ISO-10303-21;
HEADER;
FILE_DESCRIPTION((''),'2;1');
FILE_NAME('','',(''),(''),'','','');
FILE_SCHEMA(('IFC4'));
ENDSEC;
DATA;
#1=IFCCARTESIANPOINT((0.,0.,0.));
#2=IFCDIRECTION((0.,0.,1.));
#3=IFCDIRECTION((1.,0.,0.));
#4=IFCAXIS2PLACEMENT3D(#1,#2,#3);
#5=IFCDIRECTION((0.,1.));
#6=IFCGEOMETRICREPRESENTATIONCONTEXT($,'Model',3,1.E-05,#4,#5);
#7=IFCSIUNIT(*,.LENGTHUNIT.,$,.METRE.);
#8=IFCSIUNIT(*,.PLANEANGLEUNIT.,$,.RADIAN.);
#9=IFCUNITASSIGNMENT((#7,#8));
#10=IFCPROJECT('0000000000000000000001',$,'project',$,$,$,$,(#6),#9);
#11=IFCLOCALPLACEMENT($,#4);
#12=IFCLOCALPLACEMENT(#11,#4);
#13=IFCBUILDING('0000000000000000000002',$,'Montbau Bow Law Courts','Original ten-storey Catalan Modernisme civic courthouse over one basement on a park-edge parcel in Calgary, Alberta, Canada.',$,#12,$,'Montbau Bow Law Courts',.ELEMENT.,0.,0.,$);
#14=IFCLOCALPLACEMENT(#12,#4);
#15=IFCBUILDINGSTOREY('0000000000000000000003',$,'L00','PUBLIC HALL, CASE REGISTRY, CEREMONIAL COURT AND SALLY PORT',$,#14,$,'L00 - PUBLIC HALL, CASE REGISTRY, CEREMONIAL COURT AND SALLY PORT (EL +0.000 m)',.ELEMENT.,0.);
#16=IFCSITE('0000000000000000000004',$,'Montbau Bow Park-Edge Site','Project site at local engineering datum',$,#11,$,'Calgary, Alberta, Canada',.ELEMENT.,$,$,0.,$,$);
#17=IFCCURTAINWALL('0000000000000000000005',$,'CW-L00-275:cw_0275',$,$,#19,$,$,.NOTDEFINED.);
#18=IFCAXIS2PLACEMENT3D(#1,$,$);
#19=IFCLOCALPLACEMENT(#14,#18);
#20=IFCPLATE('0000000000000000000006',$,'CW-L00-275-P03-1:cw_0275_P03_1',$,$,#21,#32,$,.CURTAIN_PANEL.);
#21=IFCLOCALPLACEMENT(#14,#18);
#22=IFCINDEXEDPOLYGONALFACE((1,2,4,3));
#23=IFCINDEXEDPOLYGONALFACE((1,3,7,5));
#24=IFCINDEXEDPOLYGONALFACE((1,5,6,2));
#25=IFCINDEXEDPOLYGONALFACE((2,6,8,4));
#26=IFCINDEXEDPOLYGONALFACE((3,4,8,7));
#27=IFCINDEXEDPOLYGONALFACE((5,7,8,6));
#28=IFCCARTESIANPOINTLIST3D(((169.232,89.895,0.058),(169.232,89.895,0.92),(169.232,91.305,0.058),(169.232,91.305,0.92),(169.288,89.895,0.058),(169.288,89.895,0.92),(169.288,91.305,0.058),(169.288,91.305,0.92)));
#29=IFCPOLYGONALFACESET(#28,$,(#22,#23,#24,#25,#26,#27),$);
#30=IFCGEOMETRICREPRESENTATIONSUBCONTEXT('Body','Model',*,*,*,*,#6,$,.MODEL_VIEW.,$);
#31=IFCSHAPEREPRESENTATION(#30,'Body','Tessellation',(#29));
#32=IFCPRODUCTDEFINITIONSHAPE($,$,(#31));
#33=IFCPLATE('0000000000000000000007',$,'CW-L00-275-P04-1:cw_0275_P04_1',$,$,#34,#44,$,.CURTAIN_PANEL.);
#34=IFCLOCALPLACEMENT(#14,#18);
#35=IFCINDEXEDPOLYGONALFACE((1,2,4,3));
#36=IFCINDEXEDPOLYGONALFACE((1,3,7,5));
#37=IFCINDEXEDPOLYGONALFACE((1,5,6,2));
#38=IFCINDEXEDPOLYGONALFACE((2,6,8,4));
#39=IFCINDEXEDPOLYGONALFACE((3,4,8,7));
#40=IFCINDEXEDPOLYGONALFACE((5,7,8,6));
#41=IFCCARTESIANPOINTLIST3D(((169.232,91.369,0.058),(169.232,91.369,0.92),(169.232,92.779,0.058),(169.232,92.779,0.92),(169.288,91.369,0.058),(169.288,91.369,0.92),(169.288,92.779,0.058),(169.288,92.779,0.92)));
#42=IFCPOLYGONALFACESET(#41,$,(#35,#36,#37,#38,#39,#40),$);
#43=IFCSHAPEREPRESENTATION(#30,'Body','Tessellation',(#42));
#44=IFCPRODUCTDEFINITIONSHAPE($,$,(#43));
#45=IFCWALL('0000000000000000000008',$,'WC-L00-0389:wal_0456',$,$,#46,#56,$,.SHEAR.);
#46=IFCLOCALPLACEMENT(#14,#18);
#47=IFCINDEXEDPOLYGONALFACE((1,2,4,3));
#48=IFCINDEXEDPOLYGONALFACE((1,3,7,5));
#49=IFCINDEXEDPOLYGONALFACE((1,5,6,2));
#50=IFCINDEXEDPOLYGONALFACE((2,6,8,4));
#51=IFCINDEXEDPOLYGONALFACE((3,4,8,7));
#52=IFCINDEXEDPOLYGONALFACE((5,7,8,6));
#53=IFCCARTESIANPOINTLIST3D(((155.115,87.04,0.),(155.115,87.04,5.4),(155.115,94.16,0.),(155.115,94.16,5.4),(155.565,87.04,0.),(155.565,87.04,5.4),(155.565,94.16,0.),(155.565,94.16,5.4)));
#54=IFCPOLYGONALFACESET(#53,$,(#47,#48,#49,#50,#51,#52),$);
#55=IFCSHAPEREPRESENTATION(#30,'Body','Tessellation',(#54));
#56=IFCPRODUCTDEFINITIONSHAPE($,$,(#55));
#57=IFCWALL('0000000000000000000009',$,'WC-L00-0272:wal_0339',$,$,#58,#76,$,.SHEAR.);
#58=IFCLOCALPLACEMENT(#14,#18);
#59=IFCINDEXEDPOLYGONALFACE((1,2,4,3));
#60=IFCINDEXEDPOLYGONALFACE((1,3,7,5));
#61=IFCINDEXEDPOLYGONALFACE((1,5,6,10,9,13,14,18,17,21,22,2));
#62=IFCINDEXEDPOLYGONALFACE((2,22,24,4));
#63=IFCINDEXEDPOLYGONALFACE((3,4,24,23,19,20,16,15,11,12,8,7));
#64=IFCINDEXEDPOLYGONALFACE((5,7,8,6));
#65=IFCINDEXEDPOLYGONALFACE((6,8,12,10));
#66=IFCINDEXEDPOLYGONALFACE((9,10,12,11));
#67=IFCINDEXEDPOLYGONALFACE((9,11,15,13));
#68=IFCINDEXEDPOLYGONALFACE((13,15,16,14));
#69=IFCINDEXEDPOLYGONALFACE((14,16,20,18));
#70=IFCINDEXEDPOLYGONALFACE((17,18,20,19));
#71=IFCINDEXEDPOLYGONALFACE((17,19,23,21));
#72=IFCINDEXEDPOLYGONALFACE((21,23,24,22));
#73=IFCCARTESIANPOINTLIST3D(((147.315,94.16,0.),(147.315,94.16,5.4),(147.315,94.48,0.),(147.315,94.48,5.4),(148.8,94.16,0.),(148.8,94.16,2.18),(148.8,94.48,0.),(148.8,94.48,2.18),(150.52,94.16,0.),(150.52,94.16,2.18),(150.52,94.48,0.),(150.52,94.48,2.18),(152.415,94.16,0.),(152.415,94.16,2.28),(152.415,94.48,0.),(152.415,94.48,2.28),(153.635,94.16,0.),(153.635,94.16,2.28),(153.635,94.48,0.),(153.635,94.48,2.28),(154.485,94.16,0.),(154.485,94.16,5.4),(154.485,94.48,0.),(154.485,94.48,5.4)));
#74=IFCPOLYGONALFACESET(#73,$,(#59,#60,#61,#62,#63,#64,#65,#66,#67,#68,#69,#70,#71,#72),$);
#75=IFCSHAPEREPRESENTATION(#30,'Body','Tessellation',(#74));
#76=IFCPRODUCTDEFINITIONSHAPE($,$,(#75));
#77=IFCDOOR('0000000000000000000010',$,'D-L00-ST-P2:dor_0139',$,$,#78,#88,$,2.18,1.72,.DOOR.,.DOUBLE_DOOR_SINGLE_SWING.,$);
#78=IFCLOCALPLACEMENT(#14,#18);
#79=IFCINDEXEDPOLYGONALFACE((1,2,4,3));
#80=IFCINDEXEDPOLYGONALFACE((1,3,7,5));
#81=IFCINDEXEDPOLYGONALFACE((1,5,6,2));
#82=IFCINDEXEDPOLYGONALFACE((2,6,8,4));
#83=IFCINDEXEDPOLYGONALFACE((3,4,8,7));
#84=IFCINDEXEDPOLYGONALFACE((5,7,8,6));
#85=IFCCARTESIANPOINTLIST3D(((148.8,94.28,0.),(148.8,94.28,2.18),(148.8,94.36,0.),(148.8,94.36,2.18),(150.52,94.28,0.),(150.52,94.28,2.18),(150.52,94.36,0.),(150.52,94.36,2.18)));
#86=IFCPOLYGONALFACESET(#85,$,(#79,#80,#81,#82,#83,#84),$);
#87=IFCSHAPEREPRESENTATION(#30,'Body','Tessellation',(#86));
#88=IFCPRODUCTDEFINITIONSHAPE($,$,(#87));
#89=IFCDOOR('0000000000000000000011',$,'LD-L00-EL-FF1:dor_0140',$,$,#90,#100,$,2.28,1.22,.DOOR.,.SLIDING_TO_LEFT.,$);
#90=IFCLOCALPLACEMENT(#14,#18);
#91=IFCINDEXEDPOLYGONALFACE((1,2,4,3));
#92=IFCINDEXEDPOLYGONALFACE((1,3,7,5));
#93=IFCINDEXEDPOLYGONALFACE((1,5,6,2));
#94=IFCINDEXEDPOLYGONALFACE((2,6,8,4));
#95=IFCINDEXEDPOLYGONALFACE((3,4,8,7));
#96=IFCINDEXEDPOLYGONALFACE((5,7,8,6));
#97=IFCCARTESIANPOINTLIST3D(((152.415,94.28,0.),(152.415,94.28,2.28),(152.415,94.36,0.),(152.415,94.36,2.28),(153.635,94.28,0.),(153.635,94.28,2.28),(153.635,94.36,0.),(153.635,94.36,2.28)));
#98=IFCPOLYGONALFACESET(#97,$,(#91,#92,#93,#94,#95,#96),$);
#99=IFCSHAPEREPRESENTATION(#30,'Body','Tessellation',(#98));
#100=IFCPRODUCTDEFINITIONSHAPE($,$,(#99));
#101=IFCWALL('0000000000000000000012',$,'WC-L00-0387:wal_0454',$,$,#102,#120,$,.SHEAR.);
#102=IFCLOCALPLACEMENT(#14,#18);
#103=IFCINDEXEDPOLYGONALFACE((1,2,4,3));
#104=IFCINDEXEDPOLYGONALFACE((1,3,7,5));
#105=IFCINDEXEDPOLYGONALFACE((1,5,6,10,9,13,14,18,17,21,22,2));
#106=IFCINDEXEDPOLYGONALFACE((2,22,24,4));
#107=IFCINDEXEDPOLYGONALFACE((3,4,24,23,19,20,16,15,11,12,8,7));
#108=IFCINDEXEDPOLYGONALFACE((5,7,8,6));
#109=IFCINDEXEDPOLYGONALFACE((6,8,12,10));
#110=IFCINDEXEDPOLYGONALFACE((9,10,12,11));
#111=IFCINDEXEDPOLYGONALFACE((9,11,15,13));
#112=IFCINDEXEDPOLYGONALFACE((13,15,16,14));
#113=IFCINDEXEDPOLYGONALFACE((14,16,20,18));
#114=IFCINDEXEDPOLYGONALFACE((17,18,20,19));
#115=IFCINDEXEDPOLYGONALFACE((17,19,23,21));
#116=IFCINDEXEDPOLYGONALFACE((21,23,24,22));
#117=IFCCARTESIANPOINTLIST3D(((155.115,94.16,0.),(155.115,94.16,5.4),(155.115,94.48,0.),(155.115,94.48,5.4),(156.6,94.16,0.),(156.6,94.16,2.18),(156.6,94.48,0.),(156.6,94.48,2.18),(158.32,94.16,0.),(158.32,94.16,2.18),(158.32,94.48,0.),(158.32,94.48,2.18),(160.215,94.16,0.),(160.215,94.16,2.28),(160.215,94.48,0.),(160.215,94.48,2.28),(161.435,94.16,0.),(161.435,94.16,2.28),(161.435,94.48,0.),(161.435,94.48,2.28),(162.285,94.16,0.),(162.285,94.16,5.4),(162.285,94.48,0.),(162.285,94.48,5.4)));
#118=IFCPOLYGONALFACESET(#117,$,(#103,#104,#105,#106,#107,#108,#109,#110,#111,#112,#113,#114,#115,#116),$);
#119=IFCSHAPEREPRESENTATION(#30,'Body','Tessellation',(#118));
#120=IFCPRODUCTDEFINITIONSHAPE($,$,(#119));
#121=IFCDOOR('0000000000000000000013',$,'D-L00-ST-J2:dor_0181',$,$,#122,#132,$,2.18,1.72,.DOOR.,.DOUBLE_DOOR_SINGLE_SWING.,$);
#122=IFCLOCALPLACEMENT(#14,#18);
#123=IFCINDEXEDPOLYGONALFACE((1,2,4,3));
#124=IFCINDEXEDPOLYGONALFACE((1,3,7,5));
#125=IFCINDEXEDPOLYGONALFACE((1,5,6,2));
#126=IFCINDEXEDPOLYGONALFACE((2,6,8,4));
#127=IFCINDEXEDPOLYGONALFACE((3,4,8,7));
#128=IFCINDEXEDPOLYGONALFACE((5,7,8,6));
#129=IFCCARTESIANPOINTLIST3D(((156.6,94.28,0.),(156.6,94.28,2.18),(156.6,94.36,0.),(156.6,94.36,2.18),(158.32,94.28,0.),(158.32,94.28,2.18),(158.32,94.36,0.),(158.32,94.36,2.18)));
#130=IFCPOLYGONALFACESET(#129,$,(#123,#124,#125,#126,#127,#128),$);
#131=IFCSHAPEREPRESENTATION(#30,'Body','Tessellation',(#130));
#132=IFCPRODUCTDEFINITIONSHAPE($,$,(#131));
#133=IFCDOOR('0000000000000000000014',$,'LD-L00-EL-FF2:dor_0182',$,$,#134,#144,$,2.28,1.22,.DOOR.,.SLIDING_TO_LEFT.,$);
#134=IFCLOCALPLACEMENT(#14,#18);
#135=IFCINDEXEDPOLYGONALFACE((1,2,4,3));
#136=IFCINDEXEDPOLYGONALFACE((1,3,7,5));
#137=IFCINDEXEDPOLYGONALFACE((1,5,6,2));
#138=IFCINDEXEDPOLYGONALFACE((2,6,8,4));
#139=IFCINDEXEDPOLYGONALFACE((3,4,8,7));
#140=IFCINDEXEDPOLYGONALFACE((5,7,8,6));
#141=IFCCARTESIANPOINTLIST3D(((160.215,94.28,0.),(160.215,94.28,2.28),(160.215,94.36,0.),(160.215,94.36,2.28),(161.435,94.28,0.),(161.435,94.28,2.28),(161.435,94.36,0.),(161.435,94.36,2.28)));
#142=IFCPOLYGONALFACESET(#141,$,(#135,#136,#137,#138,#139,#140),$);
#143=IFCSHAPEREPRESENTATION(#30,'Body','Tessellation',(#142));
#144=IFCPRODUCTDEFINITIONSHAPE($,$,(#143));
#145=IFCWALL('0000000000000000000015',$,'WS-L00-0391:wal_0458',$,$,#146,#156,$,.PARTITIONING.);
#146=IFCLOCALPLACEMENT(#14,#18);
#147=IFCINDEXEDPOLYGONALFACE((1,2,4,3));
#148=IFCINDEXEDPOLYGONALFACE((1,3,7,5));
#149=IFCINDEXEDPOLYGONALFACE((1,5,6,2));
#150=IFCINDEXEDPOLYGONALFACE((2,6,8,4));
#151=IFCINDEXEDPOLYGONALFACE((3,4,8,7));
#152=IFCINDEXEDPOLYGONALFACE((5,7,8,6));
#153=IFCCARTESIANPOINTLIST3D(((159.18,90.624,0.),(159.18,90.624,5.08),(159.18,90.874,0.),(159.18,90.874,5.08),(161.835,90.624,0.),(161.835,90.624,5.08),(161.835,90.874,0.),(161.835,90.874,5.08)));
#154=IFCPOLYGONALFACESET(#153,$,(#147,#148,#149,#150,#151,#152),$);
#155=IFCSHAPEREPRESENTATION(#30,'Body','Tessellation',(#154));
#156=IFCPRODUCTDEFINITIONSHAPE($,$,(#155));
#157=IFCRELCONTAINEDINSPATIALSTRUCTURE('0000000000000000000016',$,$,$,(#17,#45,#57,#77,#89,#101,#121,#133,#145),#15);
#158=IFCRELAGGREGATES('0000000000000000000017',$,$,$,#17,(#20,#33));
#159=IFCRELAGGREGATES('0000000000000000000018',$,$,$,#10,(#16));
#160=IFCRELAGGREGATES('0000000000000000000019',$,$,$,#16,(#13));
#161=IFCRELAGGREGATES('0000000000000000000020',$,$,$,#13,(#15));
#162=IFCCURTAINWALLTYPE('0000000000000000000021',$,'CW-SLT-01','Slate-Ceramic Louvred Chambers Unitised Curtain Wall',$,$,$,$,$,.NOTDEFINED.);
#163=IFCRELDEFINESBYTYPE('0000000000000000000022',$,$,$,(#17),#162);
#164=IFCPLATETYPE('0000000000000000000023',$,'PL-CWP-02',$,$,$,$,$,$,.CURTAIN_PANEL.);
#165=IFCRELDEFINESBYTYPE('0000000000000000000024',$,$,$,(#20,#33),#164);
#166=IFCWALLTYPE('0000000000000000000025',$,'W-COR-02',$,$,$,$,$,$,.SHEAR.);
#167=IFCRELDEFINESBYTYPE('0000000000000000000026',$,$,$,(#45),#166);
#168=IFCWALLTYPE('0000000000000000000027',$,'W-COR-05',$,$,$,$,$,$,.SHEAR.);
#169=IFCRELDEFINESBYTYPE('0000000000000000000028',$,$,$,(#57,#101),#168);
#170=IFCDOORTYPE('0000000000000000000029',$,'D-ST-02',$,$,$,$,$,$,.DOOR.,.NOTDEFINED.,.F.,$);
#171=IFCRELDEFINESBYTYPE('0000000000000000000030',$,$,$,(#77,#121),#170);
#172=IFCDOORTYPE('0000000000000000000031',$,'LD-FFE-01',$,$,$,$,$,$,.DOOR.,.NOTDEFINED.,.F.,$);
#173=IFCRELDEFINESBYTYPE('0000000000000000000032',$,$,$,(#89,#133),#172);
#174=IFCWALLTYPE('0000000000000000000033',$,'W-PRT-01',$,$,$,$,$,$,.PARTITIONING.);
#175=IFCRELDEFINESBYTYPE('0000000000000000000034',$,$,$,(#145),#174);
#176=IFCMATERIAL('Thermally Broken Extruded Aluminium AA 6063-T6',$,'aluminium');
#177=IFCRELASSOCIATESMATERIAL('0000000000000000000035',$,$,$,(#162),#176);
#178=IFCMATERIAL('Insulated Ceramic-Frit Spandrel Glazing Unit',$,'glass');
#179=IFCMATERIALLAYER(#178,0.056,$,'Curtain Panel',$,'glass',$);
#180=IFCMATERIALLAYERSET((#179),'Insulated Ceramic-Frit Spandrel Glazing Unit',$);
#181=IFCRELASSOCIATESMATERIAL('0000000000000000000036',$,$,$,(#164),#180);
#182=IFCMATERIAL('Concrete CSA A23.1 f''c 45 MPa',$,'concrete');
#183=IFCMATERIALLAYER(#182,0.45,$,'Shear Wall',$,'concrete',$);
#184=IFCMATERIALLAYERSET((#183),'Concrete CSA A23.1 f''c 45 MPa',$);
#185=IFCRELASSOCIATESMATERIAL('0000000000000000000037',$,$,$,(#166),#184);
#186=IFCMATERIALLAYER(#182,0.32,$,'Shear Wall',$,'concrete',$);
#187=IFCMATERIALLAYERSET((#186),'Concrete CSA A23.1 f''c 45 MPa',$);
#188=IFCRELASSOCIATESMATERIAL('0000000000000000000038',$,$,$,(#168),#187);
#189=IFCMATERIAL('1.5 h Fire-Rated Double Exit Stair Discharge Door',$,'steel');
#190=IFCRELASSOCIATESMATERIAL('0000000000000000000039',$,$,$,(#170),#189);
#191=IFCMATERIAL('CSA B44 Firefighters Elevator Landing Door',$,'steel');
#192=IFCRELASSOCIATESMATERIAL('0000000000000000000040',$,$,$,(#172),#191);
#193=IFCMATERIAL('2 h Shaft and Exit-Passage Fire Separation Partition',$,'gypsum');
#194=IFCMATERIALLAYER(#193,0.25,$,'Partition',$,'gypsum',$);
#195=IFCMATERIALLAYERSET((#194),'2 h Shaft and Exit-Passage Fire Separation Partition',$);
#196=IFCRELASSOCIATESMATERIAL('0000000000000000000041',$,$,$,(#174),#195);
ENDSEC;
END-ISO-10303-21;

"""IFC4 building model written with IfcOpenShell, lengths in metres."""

from ifc_helpers import new_model, si_unit, direction, frame, frame_2d, origin_with_axes, place, context, subcontext, project, spatial, rectangle, extrude, material, layer, layer_set, type_object, element, fill, aggregate, save


model = new_model("IFC4")

# Units and contexts
model_context = context("Model", 3, precision=1e-05, world=origin_with_axes(), true_north=direction((0.0, 1.0)))
body_context = subcontext(model_context, "Body", "Model", "MODEL_VIEW")
ifc_project = project(units=[si_unit("LENGTHUNIT", "METRE"), si_unit("PLANEANGLEUNIT", "RADIAN")], contexts=[model_context])

# Site, building, storey
site_placement = place(None, origin_with_axes())
site = spatial("IfcSite", under=ifc_project, at=site_placement, Name="Montbau Bow Park-Edge Site", Description="Project site at local engineering datum", LongName="Calgary, Alberta, Canada", CompositionType="ELEMENT", RefElevation=0.0)
building_placement = place(site_placement, origin_with_axes())
building = spatial("IfcBuilding", under=site, at=building_placement, Name="Montbau Bow Law Courts", Description="Original ten-storey Catalan Modernisme civic courthouse over one basement on a park-edge parcel in Calgary, Alberta, Canada.", LongName="Montbau Bow Law Courts", CompositionType="ELEMENT", ElevationOfRefHeight=0.0, ElevationOfTerrain=0.0)
storey_placement = place(building_placement, origin_with_axes())
storey = spatial("IfcBuildingStorey", under=building, at=storey_placement, Name="L00", Description="PUBLIC HALL, CASE REGISTRY, CEREMONIAL COURT AND SALLY PORT", LongName="L00 - PUBLIC HALL, CASE REGISTRY, CEREMONIAL COURT AND SALLY PORT (EL +0.000 m)", CompositionType="ELEMENT", Elevation=0.0)

# Curtain wall
ifc_material_1 = material(Name="Thermally Broken Extruded Aluminium AA 6063-T6", Category="aluminium")
curtain_wall_type = type_object("IfcCurtainWallType", Name="CW-SLT-01", Description="Slate-Ceramic Louvred Chambers Unitised Curtain Wall", PredefinedType="NOTDEFINED", material=ifc_material_1)
curtain_wall_placement = place(None, frame((169.26, 86.915, 0.0), z_axis=(0.0, 0.0, 1.0), x_axis=(1.0, 0.0, 0.0)))
curtain_wall = element("IfcCurtainWall", 1, at=curtain_wall_placement, inside=storey, type_object=curtain_wall_type, Name="CW-L00-275:cw_0275", PredefinedType="NOTDEFINED")

# Plates
ifc_material_2 = material(Name="Insulated Ceramic-Frit Spandrel Glazing Unit", Category="glass")
ifc_layer_1 = layer(ifc_material_2, 0.056, Name="Curtain Panel", Category="glass")
ifc_layer_set_1 = layer_set([ifc_layer_1], Name="Insulated Ceramic-Frit Spandrel Glazing Unit")
plate_type_1 = type_object("IfcPlateType", Name="PL-CWP-02", PredefinedType="CURTAIN_PANEL", material=ifc_layer_set_1)
plate_1_placement = place(None, frame((169.26, 89.895, 0.058), z_axis=(1.0, 0.0, 0.0), x_axis=(0.0, 1.0, 0.0)))
plate_1 = element("IfcPlate", 2, at=plate_1_placement, type_object=plate_type_1, Name="CW-L00-275-P03-1:cw_0275_P03_1", PredefinedType="CURTAIN_PANEL", context=body_context, shape_type="SweptSolid", body=[
    extrude(rectangle(XDim=1.41, YDim=0.862, at=frame_2d((0.705, 0.431), x_axis=(1.0, 0.0))), frame((0.0, 0.0, -0.028), z_axis=(0.0, 0.0, 1.0), x_axis=(1.0, 0.0, 0.0)), (0.0, 0.0, 1.0), 0.056),
])
plate_2_placement = place(None, frame((169.26, 91.369, 0.058), z_axis=(1.0, 0.0, 0.0), x_axis=(0.0, 1.0, 0.0)))
plate_2 = element("IfcPlate", 3, at=plate_2_placement, type_object=plate_type_1, Name="CW-L00-275-P04-1:cw_0275_P04_1", PredefinedType="CURTAIN_PANEL", context=body_context, shape_type="SweptSolid", body=[
    extrude(rectangle(XDim=1.41, YDim=0.862, at=frame_2d((0.705, 0.431), x_axis=(1.0, 0.0))), frame((0.0, 0.0, -0.028), z_axis=(0.0, 0.0, 1.0), x_axis=(1.0, 0.0, 0.0)), (0.0, 0.0, 1.0), 0.056),
])
aggregate(curtain_wall, [plate_1, plate_2])

# Wall
ifc_material_3 = material(Name="Concrete CSA A23.1 f'c 45 MPa", Category="concrete")
ifc_layer_2 = layer(ifc_material_3, 0.45, Name="Shear Wall", Category="concrete")
ifc_layer_set_2 = layer_set([ifc_layer_2], Name="Concrete CSA A23.1 f'c 45 MPa")
wall_type_1 = type_object("IfcWallType", Name="W-COR-02", PredefinedType="SHEAR", material=ifc_layer_set_2)
wall_1_placement = place(None, frame((155.34, 94.16, 0.0), z_axis=(0.0, 0.0, 1.0), x_axis=(0.0, -1.0, 0.0)))
element("IfcWall", 4, at=wall_1_placement, inside=storey, type_object=wall_type_1, Name="WC-L00-0389:wal_0456", PredefinedType="SHEAR", context=body_context, shape_type="SweptSolid", body=[
    extrude(rectangle(XDim=7.12, YDim=0.45, at=frame_2d((3.56, 0.0), x_axis=(1.0, 0.0))), origin_with_axes(), (0.0, 0.0, 1.0), 5.4),
])

# Walls, openings, doors
ifc_layer_3 = layer(ifc_material_3, 0.32, Name="Shear Wall", Category="concrete")
ifc_layer_set_3 = layer_set([ifc_layer_3], Name="Concrete CSA A23.1 f'c 45 MPa")
wall_type_2 = type_object("IfcWallType", Name="W-COR-05", PredefinedType="SHEAR", material=ifc_layer_set_3)
wall_2_placement = place(None, frame((154.485, 94.32, 0.0), z_axis=(0.0, 0.0, 1.0), x_axis=(-1.0, 0.0, 0.0)))
wall_2 = element("IfcWall", 5, at=wall_2_placement, inside=storey, type_object=wall_type_2, Name="WC-L00-0272:wal_0339", PredefinedType="SHEAR", context=body_context, shape_type="SweptSolid", body=[
    extrude(rectangle(XDim=7.17, YDim=0.32, at=frame_2d((3.585, 0.0), x_axis=(1.0, 0.0))), origin_with_axes(), (0.0, 0.0, 1.0), 5.4),
])
opening_1_placement = place(None, frame((149.66, 94.32, 0.0), z_axis=(0.0, 0.0, 1.0), x_axis=(-1.0, 0.0, 0.0)))
opening_1 = element("IfcOpeningElement", 6, at=opening_1_placement, cuts=wall_2, PredefinedType="OPENING", context=body_context, shape_type="SweptSolid", body=[
    extrude(rectangle(XDim=1.72, YDim=2.18, at=frame_2d((0.0, 1.09), x_axis=(1.0, 0.0))), frame((0.0, 0.17, 0.0), z_axis=(0.0, -1.0, 0.0), x_axis=(1.0, 0.0, 0.0)), (0.0, 0.0, 1.0), 0.34),
])
opening_2_placement = place(None, frame((153.025, 94.32, 0.0), z_axis=(0.0, 0.0, 1.0), x_axis=(-1.0, 0.0, 0.0)))
opening_2 = element("IfcOpeningElement", 7, at=opening_2_placement, cuts=wall_2, PredefinedType="OPENING", context=body_context, shape_type="SweptSolid", body=[
    extrude(rectangle(XDim=1.22, YDim=2.28, at=frame_2d((0.0, 1.14), x_axis=(1.0, 0.0))), frame((0.0, 0.17, 0.0), z_axis=(0.0, -1.0, 0.0), x_axis=(1.0, 0.0, 0.0)), (0.0, 0.0, 1.0), 0.34),
])
ifc_material_4 = material(Name="1.5 h Fire-Rated Double Exit Stair Discharge Door", Category="steel")
door_type_1 = type_object("IfcDoorType", Name="D-ST-02", OperationType="NOTDEFINED", ParameterTakesPrecedence=False, PredefinedType="DOOR", material=ifc_material_4)
door_1_placement = place(None, frame((149.66, 94.32, 0.0), z_axis=(0.0, 0.0, 1.0), x_axis=(1.0, 0.0, 0.0)))
door_1 = element("IfcDoor", 8, at=door_1_placement, inside=storey, type_object=door_type_1, Name="D-L00-ST-P2:dor_0139", OperationType="DOUBLE_DOOR_SINGLE_SWING", OverallHeight=2.18, OverallWidth=1.72, PredefinedType="DOOR", context=body_context, shape_type="SweptSolid", body=[
    extrude(rectangle(XDim=1.72, YDim=2.18, at=frame_2d((0.0, 1.09), x_axis=(1.0, 0.0))), frame((0.0, 0.04, 0.0), z_axis=(0.0, -1.0, 0.0), x_axis=(1.0, 0.0, 0.0)), (0.0, 0.0, 1.0), 0.08),
])
fill(opening_1, door_1)
ifc_material_5 = material(Name="CSA B44 Firefighters Elevator Landing Door", Category="steel")
door_type_2 = type_object("IfcDoorType", Name="LD-FFE-01", OperationType="NOTDEFINED", ParameterTakesPrecedence=False, PredefinedType="DOOR", material=ifc_material_5)
door_2_placement = place(None, frame((153.025, 94.32, 0.0), z_axis=(0.0, 0.0, 1.0), x_axis=(1.0, 0.0, 0.0)))
door_2 = element("IfcDoor", 9, at=door_2_placement, inside=storey, type_object=door_type_2, Name="LD-L00-EL-FF1:dor_0140", OperationType="SLIDING_TO_LEFT", OverallHeight=2.28, OverallWidth=1.22, PredefinedType="DOOR", context=body_context, shape_type="SweptSolid", body=[
    extrude(rectangle(XDim=1.22, YDim=2.28, at=frame_2d((0.0, 1.14), x_axis=(1.0, 0.0))), frame((0.0, 0.04, 0.0), z_axis=(0.0, -1.0, 0.0), x_axis=(1.0, 0.0, 0.0)), (0.0, 0.0, 1.0), 0.08),
])
fill(opening_2, door_2)
wall_3_placement = place(None, frame((162.285, 94.32, 0.0), z_axis=(0.0, 0.0, 1.0), x_axis=(-1.0, 0.0, 0.0)))
wall_3 = element("IfcWall", 10, at=wall_3_placement, inside=storey, type_object=wall_type_2, Name="WC-L00-0387:wal_0454", PredefinedType="SHEAR", context=body_context, shape_type="SweptSolid", body=[
    extrude(rectangle(XDim=7.17, YDim=0.32, at=frame_2d((3.585, 0.0), x_axis=(1.0, 0.0))), origin_with_axes(), (0.0, 0.0, 1.0), 5.4),
])
opening_3_placement = place(None, frame((157.46, 94.32, 0.0), z_axis=(0.0, 0.0, 1.0), x_axis=(-1.0, 0.0, 0.0)))
opening_3 = element("IfcOpeningElement", 11, at=opening_3_placement, cuts=wall_3, PredefinedType="OPENING", context=body_context, shape_type="SweptSolid", body=[
    extrude(rectangle(XDim=1.72, YDim=2.18, at=frame_2d((0.0, 1.09), x_axis=(1.0, 0.0))), frame((0.0, 0.17, 0.0), z_axis=(0.0, -1.0, 0.0), x_axis=(1.0, 0.0, 0.0)), (0.0, 0.0, 1.0), 0.34),
])
opening_4_placement = place(None, frame((160.825, 94.32, 0.0), z_axis=(0.0, 0.0, 1.0), x_axis=(-1.0, 0.0, 0.0)))
opening_4 = element("IfcOpeningElement", 12, at=opening_4_placement, cuts=wall_3, PredefinedType="OPENING", context=body_context, shape_type="SweptSolid", body=[
    extrude(rectangle(XDim=1.22, YDim=2.28, at=frame_2d((0.0, 1.14), x_axis=(1.0, 0.0))), frame((0.0, 0.17, 0.0), z_axis=(0.0, -1.0, 0.0), x_axis=(1.0, 0.0, 0.0)), (0.0, 0.0, 1.0), 0.34),
])
door_3_placement = place(None, frame((157.46, 94.32, 0.0), z_axis=(0.0, 0.0, 1.0), x_axis=(1.0, 0.0, 0.0)))
door_3 = element("IfcDoor", 13, at=door_3_placement, inside=storey, type_object=door_type_1, Name="D-L00-ST-J2:dor_0181", OperationType="DOUBLE_DOOR_SINGLE_SWING", OverallHeight=2.18, OverallWidth=1.72, PredefinedType="DOOR", context=body_context, shape_type="SweptSolid", body=[
    extrude(rectangle(XDim=1.72, YDim=2.18, at=frame_2d((0.0, 1.09), x_axis=(1.0, 0.0))), frame((0.0, 0.04, 0.0), z_axis=(0.0, -1.0, 0.0), x_axis=(1.0, 0.0, 0.0)), (0.0, 0.0, 1.0), 0.08),
])
fill(opening_3, door_3)
door_4_placement = place(None, frame((160.825, 94.32, 0.0), z_axis=(0.0, 0.0, 1.0), x_axis=(1.0, 0.0, 0.0)))
door_4 = element("IfcDoor", 14, at=door_4_placement, inside=storey, type_object=door_type_2, Name="LD-L00-EL-FF2:dor_0182", OperationType="SLIDING_TO_LEFT", OverallHeight=2.28, OverallWidth=1.22, PredefinedType="DOOR", context=body_context, shape_type="SweptSolid", body=[
    extrude(rectangle(XDim=1.22, YDim=2.28, at=frame_2d((0.0, 1.14), x_axis=(1.0, 0.0))), frame((0.0, 0.04, 0.0), z_axis=(0.0, -1.0, 0.0), x_axis=(1.0, 0.0, 0.0)), (0.0, 0.0, 1.0), 0.08),
])
fill(opening_4, door_4)

# Wall
ifc_material_6 = material(Name="2 h Shaft and Exit-Passage Fire Separation Partition", Category="gypsum")
ifc_layer_4 = layer(ifc_material_6, 0.25, Name="Partition", Category="gypsum")
ifc_layer_set_4 = layer_set([ifc_layer_4], Name="2 h Shaft and Exit-Passage Fire Separation Partition")
wall_type_3 = type_object("IfcWallType", Name="W-PRT-01", PredefinedType="PARTITIONING", material=ifc_layer_set_4)
wall_4_placement = place(None, frame((159.18, 90.749, 0.0), z_axis=(0.0, 0.0, 1.0), x_axis=(1.0, 0.0, 0.0)))
element("IfcWall", 15, at=wall_4_placement, inside=storey, type_object=wall_type_3, Name="WS-L00-0391:wal_0458", PredefinedType="PARTITIONING", context=body_context, shape_type="SweptSolid", body=[
    extrude(rectangle(XDim=2.655, YDim=0.25, at=frame_2d((1.3275, 0.0), x_axis=(1.0, 0.0))), origin_with_axes(), (0.0, 0.0, 1.0), 5.08),
])

save(model, "model.ifc")
